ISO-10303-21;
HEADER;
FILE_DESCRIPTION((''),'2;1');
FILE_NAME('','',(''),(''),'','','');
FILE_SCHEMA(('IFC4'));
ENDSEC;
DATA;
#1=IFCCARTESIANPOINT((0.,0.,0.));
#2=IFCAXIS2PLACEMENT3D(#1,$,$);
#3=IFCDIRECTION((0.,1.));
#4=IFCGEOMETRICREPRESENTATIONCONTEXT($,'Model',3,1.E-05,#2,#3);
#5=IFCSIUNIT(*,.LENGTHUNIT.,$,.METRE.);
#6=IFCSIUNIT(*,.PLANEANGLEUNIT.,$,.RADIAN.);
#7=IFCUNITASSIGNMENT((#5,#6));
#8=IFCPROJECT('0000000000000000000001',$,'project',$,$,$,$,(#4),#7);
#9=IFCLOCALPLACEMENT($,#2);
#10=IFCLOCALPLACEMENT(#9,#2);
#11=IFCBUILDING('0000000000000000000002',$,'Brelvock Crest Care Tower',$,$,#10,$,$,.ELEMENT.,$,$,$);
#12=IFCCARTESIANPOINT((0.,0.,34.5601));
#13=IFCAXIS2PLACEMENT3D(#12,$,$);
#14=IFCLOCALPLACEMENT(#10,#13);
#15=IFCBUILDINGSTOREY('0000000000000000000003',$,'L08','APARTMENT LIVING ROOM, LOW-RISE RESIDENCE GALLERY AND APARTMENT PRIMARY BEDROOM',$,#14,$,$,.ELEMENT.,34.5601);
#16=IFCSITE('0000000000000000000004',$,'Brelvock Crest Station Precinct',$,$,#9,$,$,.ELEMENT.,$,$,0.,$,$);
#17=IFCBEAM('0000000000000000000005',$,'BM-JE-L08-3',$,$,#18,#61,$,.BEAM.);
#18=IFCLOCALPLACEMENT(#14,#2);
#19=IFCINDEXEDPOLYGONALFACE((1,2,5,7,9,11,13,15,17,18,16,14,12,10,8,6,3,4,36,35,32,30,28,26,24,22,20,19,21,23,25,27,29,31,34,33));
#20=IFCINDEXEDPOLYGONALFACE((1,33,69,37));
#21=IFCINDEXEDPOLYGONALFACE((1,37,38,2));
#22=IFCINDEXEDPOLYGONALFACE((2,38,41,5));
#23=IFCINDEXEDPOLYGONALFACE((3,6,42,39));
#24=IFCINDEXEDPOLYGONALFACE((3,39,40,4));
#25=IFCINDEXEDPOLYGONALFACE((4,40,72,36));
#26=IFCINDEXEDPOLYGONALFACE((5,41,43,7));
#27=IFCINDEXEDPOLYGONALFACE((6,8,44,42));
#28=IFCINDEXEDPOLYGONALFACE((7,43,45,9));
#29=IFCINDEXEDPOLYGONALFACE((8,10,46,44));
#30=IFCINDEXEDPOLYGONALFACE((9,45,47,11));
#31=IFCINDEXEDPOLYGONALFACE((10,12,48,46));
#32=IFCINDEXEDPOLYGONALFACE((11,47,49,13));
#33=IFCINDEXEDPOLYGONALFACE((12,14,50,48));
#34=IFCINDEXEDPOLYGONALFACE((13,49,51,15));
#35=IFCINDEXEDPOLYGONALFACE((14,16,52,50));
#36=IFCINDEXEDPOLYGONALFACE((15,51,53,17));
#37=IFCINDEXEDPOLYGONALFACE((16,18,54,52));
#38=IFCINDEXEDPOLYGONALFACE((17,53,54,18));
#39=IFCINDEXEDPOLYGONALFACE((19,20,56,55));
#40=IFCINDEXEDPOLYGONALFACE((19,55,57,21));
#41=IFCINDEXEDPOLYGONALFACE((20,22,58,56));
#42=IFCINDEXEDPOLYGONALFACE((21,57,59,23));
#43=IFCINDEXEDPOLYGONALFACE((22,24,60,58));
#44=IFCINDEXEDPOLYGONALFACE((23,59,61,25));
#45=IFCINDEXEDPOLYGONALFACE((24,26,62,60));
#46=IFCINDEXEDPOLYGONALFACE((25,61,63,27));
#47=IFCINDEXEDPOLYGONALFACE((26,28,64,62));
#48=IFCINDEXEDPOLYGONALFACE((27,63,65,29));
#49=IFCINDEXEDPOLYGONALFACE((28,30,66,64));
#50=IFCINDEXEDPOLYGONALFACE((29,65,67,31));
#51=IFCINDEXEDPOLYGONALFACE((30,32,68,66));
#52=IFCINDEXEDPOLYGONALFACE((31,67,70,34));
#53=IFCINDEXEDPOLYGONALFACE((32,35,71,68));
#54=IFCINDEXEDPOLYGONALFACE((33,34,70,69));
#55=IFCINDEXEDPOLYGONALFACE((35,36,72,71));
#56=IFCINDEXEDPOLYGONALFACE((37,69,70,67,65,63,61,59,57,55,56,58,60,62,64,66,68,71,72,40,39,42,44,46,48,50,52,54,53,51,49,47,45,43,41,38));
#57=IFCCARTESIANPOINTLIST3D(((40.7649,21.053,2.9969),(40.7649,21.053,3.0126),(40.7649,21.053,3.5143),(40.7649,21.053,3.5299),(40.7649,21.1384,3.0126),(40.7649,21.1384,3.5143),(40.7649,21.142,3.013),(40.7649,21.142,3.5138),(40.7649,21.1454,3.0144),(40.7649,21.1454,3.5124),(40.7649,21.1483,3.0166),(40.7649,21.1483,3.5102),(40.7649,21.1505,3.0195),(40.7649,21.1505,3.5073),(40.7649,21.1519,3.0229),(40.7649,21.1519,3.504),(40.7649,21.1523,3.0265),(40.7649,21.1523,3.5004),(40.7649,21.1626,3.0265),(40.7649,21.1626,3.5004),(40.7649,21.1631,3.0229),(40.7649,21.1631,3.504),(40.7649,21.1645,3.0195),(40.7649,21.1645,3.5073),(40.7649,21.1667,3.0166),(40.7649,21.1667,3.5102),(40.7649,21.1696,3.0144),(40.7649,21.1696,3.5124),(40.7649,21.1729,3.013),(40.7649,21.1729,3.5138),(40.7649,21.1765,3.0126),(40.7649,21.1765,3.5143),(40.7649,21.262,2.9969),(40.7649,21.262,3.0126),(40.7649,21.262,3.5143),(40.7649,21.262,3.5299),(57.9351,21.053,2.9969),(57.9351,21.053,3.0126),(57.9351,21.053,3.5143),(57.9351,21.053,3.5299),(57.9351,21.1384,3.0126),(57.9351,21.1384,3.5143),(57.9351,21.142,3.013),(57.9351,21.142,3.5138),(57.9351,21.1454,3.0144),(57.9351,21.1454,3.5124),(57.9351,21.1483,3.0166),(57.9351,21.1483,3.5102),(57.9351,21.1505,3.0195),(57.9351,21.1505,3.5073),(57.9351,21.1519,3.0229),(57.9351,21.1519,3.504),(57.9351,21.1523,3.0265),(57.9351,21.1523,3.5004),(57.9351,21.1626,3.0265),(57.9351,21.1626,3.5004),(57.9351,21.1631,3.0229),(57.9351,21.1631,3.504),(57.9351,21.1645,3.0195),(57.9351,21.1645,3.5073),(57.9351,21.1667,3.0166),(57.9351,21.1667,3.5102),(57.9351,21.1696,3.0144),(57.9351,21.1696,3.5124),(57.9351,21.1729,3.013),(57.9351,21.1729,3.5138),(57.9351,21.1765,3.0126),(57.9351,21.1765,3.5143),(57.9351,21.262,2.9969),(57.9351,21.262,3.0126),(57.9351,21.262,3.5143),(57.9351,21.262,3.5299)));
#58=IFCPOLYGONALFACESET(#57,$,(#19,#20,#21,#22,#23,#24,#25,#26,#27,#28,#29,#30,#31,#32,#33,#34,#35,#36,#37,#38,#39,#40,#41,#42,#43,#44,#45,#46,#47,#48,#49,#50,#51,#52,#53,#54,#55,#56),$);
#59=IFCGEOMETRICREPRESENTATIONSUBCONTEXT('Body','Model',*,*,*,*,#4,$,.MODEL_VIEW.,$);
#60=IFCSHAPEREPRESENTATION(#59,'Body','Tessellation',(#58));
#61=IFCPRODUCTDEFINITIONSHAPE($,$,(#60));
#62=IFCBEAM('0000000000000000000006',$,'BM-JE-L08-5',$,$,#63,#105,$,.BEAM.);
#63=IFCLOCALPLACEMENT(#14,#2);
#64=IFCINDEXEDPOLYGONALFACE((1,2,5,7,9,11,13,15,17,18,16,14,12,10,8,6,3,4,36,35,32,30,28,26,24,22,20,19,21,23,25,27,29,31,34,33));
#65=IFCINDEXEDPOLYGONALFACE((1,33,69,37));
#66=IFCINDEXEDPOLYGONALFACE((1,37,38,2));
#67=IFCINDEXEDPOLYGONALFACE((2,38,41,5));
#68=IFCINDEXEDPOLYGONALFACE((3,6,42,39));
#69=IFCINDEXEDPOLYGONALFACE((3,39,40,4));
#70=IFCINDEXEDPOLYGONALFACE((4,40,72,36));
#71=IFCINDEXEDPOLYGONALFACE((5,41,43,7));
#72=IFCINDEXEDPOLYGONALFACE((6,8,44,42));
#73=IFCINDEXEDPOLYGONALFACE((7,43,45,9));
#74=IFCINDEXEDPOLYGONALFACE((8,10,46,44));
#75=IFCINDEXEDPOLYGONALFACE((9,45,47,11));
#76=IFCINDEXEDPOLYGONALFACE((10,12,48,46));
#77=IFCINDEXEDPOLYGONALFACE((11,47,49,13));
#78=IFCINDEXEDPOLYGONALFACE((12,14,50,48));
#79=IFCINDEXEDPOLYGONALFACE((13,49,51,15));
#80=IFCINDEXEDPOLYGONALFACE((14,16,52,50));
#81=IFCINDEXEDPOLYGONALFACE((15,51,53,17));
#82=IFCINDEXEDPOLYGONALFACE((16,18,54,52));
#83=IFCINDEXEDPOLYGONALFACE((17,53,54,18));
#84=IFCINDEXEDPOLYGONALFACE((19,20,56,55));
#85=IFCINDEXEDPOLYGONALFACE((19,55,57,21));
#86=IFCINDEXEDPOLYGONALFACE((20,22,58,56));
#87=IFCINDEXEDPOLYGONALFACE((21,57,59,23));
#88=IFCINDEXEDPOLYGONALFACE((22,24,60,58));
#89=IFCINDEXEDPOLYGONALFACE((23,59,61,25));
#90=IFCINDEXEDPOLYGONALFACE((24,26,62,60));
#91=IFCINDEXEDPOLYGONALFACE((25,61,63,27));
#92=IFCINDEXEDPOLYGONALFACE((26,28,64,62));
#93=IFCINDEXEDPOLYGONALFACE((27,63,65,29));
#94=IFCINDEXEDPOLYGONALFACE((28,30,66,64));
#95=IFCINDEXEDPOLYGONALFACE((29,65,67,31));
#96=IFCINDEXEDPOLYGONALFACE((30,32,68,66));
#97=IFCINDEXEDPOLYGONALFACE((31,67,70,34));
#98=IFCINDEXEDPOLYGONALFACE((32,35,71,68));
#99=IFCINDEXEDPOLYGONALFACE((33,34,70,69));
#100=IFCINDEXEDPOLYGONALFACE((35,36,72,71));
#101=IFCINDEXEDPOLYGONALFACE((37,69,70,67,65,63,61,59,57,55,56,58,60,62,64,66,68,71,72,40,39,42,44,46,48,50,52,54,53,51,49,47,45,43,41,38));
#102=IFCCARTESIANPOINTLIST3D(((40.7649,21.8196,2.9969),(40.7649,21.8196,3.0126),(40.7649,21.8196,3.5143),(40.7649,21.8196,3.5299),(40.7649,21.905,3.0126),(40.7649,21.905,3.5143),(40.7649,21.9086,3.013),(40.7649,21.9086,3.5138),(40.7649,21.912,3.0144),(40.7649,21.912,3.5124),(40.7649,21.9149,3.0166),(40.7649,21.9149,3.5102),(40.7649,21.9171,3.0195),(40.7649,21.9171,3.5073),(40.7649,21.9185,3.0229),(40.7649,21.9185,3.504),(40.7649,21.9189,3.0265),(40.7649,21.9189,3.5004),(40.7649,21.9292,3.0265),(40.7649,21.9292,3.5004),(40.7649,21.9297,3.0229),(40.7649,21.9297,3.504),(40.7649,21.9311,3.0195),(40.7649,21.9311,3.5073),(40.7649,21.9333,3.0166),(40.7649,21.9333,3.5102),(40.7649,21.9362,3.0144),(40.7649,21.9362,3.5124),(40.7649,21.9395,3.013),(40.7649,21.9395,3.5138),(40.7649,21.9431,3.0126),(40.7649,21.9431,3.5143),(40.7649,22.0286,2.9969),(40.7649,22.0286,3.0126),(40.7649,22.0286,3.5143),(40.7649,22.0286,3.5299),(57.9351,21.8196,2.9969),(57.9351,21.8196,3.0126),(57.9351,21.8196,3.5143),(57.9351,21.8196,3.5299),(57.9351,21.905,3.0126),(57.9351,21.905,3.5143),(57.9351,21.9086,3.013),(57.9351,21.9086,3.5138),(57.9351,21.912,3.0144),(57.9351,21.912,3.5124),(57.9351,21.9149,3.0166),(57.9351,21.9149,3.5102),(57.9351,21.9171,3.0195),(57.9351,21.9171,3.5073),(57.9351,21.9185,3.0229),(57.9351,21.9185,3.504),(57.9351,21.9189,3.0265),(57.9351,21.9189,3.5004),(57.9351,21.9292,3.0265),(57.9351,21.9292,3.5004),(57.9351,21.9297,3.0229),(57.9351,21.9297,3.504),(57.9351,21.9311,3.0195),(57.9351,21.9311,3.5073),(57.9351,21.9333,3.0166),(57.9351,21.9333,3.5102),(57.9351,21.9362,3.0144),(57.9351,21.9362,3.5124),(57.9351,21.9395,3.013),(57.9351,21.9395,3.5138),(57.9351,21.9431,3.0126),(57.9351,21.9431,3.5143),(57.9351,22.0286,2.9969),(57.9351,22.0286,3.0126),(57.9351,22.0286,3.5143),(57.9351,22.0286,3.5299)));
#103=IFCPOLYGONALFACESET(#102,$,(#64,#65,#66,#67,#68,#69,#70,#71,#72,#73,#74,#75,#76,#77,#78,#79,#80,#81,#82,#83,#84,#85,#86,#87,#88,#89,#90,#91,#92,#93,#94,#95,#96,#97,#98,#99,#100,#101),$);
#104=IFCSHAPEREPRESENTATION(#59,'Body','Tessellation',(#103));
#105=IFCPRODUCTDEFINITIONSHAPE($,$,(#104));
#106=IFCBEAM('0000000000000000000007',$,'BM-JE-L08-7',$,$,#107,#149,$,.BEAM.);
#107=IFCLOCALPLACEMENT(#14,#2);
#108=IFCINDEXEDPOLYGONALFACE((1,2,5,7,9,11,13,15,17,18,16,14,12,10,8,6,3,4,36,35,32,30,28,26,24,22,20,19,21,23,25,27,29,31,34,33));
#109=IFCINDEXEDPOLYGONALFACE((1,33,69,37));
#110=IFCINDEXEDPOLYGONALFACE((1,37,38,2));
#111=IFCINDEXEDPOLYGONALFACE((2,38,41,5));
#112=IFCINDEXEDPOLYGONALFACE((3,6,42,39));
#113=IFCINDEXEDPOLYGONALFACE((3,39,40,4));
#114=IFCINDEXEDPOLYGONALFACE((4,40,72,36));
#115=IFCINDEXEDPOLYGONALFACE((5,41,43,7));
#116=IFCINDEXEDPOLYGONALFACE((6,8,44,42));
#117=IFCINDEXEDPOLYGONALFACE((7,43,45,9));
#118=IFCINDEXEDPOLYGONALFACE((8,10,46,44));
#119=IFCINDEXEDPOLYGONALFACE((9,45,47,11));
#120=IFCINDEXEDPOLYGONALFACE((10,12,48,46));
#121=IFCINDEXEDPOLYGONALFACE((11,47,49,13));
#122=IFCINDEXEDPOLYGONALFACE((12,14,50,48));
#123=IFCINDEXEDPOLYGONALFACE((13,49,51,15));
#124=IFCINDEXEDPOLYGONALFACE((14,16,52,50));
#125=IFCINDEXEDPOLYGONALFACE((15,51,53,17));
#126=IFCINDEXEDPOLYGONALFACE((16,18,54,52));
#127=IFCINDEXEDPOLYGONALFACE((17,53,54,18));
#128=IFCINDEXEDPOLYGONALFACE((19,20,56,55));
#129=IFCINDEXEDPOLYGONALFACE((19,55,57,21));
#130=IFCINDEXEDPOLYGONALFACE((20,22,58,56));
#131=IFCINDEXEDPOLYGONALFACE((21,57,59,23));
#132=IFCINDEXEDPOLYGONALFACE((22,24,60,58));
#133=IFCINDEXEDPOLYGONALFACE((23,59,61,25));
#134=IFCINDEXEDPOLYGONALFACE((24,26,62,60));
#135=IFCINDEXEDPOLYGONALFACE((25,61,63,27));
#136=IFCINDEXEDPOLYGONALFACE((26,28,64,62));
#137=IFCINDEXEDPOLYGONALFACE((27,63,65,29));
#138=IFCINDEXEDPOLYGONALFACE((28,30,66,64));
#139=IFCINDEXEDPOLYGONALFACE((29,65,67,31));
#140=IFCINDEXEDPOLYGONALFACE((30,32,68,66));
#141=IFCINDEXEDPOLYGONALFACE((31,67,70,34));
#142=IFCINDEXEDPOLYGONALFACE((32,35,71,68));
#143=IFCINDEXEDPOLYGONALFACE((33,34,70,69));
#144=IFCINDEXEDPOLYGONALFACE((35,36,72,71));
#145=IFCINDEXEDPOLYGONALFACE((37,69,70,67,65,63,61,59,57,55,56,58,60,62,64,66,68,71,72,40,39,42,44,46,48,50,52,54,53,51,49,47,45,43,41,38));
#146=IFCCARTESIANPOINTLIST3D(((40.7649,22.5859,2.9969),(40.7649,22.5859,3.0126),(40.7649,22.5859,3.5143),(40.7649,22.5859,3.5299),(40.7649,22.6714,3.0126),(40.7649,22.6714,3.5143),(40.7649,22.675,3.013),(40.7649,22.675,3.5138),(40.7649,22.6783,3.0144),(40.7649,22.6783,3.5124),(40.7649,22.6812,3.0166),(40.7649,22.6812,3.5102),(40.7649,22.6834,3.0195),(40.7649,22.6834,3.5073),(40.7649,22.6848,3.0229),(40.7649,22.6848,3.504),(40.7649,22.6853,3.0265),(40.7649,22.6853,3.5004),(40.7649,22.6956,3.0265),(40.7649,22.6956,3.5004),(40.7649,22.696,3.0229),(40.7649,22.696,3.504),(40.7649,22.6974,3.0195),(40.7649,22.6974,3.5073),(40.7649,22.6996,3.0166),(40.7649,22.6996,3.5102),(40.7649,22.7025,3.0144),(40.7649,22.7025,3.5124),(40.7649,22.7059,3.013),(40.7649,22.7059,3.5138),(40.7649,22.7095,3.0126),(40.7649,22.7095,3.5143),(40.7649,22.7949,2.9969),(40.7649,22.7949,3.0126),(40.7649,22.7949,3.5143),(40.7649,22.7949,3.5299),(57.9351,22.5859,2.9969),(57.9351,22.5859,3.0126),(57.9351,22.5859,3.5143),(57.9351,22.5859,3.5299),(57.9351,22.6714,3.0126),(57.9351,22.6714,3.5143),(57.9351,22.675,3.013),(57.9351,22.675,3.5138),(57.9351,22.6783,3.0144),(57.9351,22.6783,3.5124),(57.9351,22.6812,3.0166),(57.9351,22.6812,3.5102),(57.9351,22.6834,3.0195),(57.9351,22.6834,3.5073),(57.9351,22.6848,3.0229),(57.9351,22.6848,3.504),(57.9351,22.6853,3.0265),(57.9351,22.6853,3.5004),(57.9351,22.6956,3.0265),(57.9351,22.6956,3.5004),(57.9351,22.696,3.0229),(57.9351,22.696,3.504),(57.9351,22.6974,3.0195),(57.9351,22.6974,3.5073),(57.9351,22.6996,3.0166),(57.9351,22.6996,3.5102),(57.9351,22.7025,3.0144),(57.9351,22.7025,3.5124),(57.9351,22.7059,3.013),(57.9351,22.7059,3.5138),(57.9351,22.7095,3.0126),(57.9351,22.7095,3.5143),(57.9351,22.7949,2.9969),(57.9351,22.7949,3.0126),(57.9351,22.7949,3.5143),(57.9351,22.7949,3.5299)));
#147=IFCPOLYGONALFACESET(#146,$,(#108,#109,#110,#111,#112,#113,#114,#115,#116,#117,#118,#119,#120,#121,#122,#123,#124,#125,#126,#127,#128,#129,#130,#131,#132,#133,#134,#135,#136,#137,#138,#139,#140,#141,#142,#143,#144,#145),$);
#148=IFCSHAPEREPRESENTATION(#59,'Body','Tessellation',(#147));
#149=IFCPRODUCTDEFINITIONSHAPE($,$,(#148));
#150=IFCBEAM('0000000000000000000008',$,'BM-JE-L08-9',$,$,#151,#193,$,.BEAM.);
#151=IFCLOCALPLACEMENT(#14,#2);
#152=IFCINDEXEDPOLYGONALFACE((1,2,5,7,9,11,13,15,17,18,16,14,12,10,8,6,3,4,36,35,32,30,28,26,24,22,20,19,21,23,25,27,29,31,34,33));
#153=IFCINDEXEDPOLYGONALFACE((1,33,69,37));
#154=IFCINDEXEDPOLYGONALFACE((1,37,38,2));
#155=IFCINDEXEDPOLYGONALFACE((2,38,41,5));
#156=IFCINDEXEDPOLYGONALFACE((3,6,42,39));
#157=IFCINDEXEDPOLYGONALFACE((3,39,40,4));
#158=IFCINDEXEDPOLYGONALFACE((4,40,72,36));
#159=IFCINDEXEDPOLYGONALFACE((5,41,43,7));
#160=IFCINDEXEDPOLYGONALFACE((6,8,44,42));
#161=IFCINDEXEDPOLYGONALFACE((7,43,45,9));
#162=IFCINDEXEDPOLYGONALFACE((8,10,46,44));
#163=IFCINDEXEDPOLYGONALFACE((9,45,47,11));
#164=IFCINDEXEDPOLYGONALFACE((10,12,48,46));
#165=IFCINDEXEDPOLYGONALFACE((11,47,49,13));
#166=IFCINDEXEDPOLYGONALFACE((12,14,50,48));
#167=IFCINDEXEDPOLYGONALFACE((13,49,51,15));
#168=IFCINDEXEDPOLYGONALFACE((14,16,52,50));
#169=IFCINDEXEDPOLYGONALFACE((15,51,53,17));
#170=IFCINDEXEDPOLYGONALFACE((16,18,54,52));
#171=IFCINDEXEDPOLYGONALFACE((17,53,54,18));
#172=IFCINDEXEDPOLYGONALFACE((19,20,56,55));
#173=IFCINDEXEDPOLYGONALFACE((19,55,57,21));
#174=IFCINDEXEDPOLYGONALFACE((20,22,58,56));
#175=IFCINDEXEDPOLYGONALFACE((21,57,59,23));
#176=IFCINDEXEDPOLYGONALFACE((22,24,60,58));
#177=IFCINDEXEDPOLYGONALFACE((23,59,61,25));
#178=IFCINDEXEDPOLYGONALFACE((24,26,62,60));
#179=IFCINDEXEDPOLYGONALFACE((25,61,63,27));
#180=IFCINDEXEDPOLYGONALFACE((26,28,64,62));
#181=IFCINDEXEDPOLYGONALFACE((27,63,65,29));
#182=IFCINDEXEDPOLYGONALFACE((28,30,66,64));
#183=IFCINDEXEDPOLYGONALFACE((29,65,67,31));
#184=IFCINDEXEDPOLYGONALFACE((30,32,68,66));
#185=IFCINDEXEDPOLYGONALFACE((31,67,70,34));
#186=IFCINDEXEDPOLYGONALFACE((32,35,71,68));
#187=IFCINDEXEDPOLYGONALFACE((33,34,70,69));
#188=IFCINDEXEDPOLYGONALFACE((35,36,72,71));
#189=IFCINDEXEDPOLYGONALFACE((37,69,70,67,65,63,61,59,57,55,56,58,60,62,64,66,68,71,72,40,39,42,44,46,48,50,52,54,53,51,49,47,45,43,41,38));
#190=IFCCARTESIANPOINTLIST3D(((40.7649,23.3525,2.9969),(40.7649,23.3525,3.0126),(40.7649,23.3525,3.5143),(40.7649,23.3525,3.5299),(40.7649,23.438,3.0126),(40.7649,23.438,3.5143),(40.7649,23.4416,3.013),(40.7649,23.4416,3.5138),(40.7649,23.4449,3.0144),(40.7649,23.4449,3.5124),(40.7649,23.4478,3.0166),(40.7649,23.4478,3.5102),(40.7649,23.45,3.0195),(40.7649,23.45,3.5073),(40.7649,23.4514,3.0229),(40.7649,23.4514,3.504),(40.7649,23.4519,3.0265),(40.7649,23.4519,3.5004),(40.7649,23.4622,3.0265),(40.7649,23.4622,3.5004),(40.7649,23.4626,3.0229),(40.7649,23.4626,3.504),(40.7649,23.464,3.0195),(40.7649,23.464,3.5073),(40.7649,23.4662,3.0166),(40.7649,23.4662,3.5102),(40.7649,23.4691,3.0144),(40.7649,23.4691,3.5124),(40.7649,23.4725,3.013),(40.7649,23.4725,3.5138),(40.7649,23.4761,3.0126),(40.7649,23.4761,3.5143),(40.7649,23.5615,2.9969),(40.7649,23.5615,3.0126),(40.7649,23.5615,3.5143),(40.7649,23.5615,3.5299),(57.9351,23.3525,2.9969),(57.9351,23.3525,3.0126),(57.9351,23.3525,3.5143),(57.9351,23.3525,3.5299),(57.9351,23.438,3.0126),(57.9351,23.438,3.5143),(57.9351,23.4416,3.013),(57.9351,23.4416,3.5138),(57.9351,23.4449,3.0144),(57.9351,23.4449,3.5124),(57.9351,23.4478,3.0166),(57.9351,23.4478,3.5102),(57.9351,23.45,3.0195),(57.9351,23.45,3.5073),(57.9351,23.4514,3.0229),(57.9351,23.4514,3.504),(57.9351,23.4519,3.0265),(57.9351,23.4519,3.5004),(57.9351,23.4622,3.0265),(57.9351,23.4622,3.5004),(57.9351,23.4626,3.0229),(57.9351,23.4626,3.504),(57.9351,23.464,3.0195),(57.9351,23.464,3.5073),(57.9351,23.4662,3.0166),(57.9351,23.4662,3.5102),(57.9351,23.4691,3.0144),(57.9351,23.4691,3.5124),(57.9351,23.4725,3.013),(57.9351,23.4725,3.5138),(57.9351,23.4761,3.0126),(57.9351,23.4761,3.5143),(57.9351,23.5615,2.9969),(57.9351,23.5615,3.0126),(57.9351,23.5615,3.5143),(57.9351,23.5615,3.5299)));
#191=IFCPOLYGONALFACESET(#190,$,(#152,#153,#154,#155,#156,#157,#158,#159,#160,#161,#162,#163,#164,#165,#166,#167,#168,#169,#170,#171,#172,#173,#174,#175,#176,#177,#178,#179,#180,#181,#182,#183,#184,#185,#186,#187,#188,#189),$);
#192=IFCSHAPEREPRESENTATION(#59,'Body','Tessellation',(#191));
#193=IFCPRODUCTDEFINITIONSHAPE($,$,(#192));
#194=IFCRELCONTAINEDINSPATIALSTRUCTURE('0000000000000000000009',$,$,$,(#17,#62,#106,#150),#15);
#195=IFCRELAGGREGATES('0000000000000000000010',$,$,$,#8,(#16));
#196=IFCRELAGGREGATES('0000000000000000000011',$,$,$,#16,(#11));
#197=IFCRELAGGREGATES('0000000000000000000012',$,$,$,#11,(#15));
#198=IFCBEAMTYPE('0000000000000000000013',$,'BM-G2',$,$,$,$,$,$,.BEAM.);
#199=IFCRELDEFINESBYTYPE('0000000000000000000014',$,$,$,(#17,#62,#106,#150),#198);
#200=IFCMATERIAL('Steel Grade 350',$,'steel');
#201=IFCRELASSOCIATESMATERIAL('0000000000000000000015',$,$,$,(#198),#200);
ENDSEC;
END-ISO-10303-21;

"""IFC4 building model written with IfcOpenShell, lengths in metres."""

from ifc_helpers import new_model, si_unit, direction, frame, origin, origin_2d, place, context, subcontext, project, spatial, i_section, extrude, source, transform, mapped, material, material_profile, profile_set, type_object, element, save


model = new_model("IFC4")

# Units and contexts
model_context = context("Model", 3, precision=1e-05, world=origin(), true_north=direction((0.0, 1.0)))
body_context = subcontext(model_context, "Body", "Model", "MODEL_VIEW")
ifc_project = project(units=[si_unit("LENGTHUNIT", "METRE"), si_unit("PLANEANGLEUNIT", "RADIAN")], contexts=[model_context])

# Site, building, storey
site_placement = place(None, origin())
site = spatial("IfcSite", under=ifc_project, at=site_placement, Name="Brelvock Crest Station Precinct", CompositionType="ELEMENT", RefElevation=0.0)
building_placement = place(site_placement, origin())
building = spatial("IfcBuilding", under=site, at=building_placement, Name="Brelvock Crest Care Tower", CompositionType="ELEMENT")
storey_placement = place(building_placement, frame((0.0, 0.0, 34.5601)))
storey = spatial("IfcBuildingStorey", under=building, at=storey_placement, Name="L08", Description="APARTMENT LIVING ROOM, LOW-RISE RESIDENCE GALLERY AND APARTMENT PRIMARY BEDROOM", CompositionType="ELEMENT", Elevation=34.5601)

# Beams
ifc_material_1 = material(Name="Steel Grade 350", Category="steel")
ifc_material_profile_1 = material_profile(ifc_material_1, i_section(OverallWidth=0.209, OverallDepth=0.533, WebThickness=0.0103, FlangeThickness=0.0156, FilletRadius=0.0139, at=origin_2d()), Name="530UB92.4")
ifc_profile_set_1 = profile_set([ifc_material_profile_1], Name="Steel Grade 350")
beam_type_1 = type_object("IfcBeamType", Name="BM-G2", PredefinedType="BEAM", material=ifc_profile_set_1)
shared_shape_1 = source(origin(), body_context, "Body", "SweptSolid", [
    extrude(i_section(OverallWidth=0.209, OverallDepth=0.533, WebThickness=0.0103, FlangeThickness=0.0156, FilletRadius=0.0139, at=origin_2d()), origin(), (0.0, 0.0, 1.0), 17.1702),
])
for number, where, z_axis, x_axis, name in (
    (1, (40.7649, 21.1575, 3.2634), (1.0, 0.0, 0.0), (0.0, 1.0, 0.0), "BM-JE-L08-3"),
    (2, (40.7649, 21.9241, 3.2634), (1.0, 0.0, 0.0), (0.0, 1.0, 0.0), "BM-JE-L08-5"),
    (3, (40.7649, 22.6904, 3.2634), (1.0, 0.0, 0.0), (0.0, 1.0, 0.0), "BM-JE-L08-7"),
    (4, (40.7649, 23.457, 3.2634), (1.0, 0.0, 0.0), (0.0, 1.0, 0.0), "BM-JE-L08-9"),
):
    element("IfcBeam", number, at=place(storey_placement, frame(where, z_axis=z_axis, x_axis=x_axis)), inside=storey, type_object=beam_type_1, Name=name, PredefinedType="BEAM", context=body_context, shape_type="MappedRepresentation", body=[
        mapped(shared_shape_1, transform((0.0, 0.0, 0.0), x_axis=(1.0, 0.0, 0.0), y_axis=(0.0, 1.0, 0.0), z_axis=(0.0, 0.0, 1.0), scale=1.0)),
    ])

save(model, "model.ifc")
